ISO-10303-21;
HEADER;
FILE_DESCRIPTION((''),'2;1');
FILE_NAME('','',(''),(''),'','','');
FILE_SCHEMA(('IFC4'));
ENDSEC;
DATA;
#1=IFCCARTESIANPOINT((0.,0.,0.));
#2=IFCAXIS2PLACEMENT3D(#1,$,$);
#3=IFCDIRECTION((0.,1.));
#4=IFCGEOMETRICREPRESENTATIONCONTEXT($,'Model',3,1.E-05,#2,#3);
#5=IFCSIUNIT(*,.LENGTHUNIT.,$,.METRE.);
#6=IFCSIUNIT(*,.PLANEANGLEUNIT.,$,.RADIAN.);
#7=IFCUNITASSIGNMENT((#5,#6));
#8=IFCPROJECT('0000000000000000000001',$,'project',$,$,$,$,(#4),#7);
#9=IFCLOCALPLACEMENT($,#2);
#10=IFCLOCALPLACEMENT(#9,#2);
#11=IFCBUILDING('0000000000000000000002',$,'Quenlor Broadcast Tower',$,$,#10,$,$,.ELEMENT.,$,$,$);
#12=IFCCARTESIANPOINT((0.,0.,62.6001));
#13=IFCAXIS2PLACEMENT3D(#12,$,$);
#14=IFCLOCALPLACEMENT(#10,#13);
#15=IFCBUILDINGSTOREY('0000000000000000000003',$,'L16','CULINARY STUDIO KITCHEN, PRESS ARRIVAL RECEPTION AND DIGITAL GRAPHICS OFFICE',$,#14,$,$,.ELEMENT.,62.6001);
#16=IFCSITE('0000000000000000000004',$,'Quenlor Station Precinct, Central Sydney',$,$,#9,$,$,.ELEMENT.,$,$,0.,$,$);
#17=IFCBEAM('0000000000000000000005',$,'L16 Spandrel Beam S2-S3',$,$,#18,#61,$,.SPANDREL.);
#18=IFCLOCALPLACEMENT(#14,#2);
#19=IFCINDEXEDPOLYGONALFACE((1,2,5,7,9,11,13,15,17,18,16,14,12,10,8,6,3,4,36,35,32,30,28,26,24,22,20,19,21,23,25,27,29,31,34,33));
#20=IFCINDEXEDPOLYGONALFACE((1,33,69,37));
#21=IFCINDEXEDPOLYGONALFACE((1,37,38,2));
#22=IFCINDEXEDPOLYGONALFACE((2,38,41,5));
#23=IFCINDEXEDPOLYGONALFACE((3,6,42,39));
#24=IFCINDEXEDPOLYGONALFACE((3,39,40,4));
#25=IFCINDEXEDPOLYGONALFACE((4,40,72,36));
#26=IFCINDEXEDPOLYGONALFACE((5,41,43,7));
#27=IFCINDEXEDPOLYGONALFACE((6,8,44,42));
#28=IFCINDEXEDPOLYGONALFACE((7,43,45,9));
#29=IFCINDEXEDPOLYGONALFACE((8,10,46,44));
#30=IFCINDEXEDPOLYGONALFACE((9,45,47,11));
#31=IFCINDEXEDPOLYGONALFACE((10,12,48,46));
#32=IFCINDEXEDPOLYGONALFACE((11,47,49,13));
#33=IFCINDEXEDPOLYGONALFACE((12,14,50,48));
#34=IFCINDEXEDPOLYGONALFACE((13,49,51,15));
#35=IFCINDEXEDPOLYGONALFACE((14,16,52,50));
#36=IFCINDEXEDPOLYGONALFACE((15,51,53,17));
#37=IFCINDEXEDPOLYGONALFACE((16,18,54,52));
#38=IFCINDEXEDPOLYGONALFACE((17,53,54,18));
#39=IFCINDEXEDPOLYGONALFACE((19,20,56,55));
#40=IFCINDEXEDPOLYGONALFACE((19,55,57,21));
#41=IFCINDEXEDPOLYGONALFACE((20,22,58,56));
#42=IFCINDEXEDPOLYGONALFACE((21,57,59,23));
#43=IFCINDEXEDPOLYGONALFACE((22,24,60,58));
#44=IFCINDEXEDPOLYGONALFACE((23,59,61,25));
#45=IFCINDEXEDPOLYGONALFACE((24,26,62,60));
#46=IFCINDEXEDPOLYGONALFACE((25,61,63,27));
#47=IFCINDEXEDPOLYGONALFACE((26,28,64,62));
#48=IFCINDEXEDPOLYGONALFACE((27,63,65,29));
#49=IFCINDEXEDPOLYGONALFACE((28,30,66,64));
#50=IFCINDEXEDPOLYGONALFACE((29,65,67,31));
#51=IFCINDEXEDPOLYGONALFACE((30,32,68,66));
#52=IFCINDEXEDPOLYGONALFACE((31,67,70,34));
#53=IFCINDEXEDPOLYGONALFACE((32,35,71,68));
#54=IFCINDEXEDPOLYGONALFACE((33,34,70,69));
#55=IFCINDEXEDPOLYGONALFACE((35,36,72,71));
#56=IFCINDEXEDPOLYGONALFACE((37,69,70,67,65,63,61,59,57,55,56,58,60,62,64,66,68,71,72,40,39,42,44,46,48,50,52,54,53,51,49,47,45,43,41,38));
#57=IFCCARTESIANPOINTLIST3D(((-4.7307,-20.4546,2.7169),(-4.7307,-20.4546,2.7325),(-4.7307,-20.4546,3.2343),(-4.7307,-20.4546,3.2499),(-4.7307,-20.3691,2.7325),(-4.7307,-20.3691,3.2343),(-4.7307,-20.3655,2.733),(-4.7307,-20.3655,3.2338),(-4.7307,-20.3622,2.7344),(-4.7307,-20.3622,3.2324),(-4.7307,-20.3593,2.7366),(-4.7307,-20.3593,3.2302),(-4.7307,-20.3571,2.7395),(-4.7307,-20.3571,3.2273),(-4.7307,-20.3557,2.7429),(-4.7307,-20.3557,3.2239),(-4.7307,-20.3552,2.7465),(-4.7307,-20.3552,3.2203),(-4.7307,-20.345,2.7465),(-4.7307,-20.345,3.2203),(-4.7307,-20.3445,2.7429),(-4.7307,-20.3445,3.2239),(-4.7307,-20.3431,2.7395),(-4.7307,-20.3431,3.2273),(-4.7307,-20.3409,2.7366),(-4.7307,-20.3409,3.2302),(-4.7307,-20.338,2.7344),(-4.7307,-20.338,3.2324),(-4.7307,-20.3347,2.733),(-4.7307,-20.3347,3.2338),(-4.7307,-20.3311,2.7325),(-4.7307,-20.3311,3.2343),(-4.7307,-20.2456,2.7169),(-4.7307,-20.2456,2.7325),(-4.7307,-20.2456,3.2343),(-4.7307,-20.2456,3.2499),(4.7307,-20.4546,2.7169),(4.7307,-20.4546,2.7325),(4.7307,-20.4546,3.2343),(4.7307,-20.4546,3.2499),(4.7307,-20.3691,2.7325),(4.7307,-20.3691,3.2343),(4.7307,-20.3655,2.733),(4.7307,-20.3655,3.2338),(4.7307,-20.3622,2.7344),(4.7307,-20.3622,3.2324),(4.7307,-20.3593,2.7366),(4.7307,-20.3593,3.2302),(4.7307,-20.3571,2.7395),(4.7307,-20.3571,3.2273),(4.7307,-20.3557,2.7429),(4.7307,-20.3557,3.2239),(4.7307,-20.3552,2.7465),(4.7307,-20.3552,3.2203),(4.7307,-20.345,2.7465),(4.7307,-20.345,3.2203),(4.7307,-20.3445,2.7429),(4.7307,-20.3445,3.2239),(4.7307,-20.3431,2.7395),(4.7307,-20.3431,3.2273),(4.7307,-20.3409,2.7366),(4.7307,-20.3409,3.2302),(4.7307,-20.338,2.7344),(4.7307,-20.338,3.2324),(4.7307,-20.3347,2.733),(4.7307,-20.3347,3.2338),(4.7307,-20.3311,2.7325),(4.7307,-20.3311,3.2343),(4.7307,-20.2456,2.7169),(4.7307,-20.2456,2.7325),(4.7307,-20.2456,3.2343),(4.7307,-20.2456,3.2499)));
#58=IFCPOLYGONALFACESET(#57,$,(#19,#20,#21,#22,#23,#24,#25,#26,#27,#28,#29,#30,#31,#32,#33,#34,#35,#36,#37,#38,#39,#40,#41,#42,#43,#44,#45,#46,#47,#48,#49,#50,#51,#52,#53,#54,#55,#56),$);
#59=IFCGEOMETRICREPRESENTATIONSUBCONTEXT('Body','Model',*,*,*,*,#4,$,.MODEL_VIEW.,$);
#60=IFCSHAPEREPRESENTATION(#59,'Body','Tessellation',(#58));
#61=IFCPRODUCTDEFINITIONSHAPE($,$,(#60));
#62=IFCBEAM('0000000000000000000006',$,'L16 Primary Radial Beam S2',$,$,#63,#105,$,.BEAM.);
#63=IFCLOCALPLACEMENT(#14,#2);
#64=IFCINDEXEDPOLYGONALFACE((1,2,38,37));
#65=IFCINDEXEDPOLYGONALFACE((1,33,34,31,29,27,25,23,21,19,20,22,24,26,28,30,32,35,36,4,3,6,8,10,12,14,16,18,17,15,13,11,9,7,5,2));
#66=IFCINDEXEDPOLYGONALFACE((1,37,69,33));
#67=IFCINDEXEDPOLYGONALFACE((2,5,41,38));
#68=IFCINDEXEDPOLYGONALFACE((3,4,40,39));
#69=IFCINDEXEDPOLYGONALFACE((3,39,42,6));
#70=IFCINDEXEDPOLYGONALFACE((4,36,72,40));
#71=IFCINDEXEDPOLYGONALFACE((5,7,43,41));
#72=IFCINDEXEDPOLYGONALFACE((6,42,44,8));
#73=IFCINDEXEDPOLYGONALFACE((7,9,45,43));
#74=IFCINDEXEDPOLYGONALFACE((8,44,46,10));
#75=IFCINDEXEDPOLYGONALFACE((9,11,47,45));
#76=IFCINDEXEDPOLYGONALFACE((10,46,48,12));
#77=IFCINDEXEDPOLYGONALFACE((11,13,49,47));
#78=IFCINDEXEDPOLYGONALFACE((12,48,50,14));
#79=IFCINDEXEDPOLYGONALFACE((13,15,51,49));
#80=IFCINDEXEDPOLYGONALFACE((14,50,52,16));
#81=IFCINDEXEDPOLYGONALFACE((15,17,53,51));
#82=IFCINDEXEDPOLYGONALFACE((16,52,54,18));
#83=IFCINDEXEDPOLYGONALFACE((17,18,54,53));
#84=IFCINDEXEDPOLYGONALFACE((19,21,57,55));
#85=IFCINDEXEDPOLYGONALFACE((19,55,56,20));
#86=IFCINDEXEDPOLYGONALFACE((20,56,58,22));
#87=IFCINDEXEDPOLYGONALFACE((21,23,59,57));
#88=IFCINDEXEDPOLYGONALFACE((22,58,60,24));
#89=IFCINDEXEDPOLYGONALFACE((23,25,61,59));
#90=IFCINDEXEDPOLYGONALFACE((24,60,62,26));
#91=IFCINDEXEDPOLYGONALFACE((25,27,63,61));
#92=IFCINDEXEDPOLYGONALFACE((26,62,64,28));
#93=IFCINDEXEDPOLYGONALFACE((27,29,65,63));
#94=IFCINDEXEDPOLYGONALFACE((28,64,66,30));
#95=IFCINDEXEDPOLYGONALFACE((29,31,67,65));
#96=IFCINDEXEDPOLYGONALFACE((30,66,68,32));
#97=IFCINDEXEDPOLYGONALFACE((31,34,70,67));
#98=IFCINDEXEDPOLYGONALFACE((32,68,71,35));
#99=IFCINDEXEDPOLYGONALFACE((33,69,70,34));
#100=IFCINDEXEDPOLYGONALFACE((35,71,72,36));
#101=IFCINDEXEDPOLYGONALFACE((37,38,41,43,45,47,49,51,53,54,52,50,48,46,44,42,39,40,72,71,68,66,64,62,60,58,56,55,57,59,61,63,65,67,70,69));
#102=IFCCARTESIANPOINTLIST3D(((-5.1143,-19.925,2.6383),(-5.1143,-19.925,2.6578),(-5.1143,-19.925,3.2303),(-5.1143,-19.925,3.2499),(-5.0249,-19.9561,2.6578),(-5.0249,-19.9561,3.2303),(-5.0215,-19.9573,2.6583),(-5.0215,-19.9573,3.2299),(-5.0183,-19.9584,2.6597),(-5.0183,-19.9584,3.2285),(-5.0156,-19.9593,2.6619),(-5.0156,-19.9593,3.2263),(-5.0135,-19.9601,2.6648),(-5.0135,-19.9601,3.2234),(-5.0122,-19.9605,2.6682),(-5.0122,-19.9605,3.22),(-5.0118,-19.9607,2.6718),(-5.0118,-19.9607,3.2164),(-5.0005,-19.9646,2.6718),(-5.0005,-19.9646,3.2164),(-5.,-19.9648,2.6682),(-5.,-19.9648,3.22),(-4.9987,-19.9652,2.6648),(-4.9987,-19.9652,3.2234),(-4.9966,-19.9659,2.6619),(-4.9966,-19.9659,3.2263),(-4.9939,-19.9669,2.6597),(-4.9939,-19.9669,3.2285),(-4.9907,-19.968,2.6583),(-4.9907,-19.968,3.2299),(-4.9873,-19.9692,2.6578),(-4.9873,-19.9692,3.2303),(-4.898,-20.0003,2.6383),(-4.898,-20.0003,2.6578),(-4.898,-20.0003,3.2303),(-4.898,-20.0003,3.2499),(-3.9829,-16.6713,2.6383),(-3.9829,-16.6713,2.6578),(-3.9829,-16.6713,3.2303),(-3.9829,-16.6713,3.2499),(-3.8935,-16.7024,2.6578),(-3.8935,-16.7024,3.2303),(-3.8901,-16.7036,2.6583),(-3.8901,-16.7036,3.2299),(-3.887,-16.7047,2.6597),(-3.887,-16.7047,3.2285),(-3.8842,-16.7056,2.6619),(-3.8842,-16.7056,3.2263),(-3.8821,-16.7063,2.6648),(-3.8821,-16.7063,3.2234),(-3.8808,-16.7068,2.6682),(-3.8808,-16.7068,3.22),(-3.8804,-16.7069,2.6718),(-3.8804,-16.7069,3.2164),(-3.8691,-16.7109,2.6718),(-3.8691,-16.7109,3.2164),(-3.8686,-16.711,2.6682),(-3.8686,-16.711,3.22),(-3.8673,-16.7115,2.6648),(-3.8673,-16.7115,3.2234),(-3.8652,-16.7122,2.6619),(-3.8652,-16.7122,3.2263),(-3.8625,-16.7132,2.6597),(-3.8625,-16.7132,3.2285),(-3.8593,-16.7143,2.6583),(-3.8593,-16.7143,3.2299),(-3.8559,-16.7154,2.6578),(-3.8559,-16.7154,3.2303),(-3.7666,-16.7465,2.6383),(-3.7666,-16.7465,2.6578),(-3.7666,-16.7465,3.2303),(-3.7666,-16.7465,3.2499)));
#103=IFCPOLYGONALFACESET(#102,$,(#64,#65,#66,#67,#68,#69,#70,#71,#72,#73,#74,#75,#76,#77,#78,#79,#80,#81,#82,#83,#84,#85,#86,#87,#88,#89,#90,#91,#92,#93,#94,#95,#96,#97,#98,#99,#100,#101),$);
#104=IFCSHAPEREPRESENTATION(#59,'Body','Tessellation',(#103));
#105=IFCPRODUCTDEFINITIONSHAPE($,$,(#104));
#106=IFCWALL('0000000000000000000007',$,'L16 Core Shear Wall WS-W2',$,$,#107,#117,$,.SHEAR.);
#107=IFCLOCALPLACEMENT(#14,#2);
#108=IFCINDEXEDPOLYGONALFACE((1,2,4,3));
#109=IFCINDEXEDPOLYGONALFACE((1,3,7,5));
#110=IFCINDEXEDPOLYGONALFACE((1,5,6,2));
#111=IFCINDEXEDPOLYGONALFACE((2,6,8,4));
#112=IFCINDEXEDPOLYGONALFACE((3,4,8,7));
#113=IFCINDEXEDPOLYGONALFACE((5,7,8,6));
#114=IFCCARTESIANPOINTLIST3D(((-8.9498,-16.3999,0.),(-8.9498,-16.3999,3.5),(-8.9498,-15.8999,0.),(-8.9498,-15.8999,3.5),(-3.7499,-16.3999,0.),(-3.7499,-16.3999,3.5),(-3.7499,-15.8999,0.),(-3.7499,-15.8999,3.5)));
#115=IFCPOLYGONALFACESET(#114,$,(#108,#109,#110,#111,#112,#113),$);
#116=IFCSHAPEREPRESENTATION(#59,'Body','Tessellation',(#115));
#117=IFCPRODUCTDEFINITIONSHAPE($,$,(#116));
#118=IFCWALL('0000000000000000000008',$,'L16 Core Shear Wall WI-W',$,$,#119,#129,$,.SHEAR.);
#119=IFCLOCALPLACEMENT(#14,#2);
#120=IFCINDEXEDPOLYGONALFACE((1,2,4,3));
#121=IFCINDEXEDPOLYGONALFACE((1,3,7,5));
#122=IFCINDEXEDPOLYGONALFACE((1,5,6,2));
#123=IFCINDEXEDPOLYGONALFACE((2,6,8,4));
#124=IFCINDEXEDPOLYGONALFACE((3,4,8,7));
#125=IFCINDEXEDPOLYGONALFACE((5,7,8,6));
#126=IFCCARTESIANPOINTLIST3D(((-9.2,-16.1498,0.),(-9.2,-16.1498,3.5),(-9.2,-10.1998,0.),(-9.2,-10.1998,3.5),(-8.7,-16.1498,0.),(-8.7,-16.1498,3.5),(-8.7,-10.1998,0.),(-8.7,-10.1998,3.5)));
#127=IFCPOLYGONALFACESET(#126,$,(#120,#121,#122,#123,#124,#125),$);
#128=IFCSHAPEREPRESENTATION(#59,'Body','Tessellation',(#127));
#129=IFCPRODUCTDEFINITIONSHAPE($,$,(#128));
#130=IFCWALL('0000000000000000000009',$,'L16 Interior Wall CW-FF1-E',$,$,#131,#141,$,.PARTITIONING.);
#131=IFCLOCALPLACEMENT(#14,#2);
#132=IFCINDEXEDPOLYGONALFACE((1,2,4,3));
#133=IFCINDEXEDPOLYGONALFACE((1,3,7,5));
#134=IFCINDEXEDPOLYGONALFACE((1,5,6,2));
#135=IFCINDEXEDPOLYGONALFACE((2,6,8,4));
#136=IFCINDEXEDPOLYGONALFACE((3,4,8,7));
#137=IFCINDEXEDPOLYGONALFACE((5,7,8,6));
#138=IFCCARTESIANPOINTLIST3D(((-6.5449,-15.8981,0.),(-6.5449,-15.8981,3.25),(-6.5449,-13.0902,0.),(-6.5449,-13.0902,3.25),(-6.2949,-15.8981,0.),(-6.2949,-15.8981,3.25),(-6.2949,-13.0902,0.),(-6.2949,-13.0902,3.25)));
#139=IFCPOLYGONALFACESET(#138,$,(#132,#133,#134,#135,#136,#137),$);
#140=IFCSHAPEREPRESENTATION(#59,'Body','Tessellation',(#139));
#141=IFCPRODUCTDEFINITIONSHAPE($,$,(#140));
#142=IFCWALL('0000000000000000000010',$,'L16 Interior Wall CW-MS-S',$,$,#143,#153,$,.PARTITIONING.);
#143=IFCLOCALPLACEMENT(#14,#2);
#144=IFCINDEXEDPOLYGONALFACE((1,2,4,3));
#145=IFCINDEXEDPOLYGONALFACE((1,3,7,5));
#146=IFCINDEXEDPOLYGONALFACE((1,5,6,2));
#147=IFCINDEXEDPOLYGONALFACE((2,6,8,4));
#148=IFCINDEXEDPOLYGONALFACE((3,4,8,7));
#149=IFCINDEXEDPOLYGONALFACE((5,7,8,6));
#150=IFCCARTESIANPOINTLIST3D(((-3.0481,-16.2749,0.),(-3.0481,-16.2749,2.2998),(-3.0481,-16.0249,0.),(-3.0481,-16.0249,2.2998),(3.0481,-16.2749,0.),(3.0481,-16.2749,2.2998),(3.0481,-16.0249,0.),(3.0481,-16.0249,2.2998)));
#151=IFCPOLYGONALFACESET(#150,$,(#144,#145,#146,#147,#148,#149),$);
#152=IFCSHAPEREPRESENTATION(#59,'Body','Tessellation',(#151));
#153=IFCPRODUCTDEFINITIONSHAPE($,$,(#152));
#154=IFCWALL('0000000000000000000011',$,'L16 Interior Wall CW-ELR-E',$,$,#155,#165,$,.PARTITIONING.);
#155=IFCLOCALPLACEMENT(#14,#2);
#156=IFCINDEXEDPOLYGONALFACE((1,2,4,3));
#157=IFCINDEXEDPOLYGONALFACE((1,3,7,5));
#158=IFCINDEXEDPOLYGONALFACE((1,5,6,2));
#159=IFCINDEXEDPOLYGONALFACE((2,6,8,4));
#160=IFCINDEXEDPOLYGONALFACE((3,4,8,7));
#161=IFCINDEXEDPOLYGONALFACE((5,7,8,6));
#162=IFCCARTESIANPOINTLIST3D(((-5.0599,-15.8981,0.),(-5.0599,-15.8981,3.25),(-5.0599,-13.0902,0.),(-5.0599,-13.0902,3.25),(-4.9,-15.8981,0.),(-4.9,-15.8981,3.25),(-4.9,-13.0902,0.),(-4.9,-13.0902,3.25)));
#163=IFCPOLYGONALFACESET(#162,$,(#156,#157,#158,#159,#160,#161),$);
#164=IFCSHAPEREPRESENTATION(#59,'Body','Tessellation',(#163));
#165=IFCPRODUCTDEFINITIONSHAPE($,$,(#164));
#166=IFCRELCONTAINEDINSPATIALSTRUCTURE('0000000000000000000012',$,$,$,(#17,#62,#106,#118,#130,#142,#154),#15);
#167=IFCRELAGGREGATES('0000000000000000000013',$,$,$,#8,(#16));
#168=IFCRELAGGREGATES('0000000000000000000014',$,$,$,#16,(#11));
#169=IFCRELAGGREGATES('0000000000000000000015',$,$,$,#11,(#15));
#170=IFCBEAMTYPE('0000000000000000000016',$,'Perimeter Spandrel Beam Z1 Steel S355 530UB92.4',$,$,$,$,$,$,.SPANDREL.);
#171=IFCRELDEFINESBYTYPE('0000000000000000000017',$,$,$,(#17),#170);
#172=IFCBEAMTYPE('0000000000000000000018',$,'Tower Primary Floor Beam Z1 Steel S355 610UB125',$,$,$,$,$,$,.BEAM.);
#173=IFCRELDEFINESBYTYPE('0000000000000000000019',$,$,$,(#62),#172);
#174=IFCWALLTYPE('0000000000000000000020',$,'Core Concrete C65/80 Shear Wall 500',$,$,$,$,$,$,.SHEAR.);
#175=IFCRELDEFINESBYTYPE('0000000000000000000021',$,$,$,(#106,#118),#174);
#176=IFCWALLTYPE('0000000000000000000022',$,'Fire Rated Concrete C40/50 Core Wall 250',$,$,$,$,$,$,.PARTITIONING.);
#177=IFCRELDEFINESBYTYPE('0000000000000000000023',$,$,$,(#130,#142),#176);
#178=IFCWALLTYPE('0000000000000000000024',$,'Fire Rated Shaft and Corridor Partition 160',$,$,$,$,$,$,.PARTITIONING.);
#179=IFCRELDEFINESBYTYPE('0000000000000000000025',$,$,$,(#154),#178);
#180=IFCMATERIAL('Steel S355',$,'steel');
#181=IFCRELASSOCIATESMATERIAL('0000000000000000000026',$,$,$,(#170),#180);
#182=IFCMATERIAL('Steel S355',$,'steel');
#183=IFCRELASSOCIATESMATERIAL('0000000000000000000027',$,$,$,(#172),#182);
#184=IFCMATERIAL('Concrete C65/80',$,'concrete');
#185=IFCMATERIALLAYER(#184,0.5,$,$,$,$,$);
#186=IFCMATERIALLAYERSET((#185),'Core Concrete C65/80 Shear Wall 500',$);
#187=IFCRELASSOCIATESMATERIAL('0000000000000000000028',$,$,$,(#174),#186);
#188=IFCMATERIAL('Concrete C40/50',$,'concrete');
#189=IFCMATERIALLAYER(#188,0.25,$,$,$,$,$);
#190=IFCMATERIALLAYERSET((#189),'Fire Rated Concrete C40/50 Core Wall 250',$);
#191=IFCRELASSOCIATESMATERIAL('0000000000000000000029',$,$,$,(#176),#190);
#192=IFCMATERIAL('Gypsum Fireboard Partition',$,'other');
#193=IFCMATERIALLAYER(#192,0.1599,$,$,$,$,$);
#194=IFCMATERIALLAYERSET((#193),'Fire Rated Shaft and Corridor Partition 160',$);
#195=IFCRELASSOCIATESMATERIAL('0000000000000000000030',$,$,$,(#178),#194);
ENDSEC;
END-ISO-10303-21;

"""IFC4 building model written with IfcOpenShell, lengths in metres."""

from ifc_helpers import new_model, si_unit, direction, frame, frame_2d, origin, origin_2d, place, context, subcontext, project, spatial, rectangle, i_section, extrude, material, layer, layer_set, material_profile, profile_set, type_object, element, save


model = new_model("IFC4")

# Units and contexts
model_context = context("Model", 3, precision=1e-05, world=origin(), true_north=direction((0.0, 1.0)))
body_context = subcontext(model_context, "Body", "Model", "MODEL_VIEW")
ifc_project = project(units=[si_unit("LENGTHUNIT", "METRE"), si_unit("PLANEANGLEUNIT", "RADIAN")], contexts=[model_context])

# Site, building, storey
site_placement = place(None, origin())
site = spatial("IfcSite", under=ifc_project, at=site_placement, Name="Quenlor Station Precinct, Central Sydney", CompositionType="ELEMENT", RefElevation=0.0)
building_placement = place(site_placement, origin())
building = spatial("IfcBuilding", under=site, at=building_placement, Name="Quenlor Broadcast Tower", CompositionType="ELEMENT")
storey_placement = place(building_placement, frame((0.0, 0.0, 62.6001)))
storey = spatial("IfcBuildingStorey", under=building, at=storey_placement, Name="L16", Description="CULINARY STUDIO KITCHEN, PRESS ARRIVAL RECEPTION AND DIGITAL GRAPHICS OFFICE", CompositionType="ELEMENT", Elevation=62.6001)

# Beams
ifc_material_1 = material(Name="Steel S355", Category="steel")
ifc_material_profile_1 = material_profile(ifc_material_1, i_section(OverallWidth=0.209, OverallDepth=0.533, WebThickness=0.0103, FlangeThickness=0.0156, FilletRadius=0.0139, at=origin_2d()))
ifc_profile_set_1 = profile_set([ifc_material_profile_1], Name="Steel S355 530UB92.4")
beam_type_1 = type_object("IfcBeamType", Name="Perimeter Spandrel Beam Z1 Steel S355 530UB92.4", PredefinedType="SPANDREL", material=ifc_profile_set_1)
beam_1_placement = place(storey_placement, frame((-4.7307, -20.3501, 2.9834), z_axis=(1.0, 0.0, 0.0), x_axis=(0.0, 1.0, 0.0)))
element("IfcBeam", 1, at=beam_1_placement, inside=storey, type_object=beam_type_1, Name="L16 Spandrel Beam S2-S3", PredefinedType="SPANDREL", context=body_context, shape_type="SweptSolid", body=[
    extrude(i_section(OverallWidth=0.209, OverallDepth=0.533, WebThickness=0.0103, FlangeThickness=0.0156, FilletRadius=0.0139, at=origin_2d()), origin(), (0.0, 0.0, 1.0), 9.4614),
])
ifc_material_2 = material(Name="Steel S355", Category="steel")
ifc_material_profile_2 = material_profile(ifc_material_2, i_section(OverallWidth=0.229, OverallDepth=0.6116, WebThickness=0.012, FlangeThickness=0.0195, FilletRadius=0.0139, at=origin_2d()))
ifc_profile_set_2 = profile_set([ifc_material_profile_2], Name="Steel S355 610UB125")
beam_type_2 = type_object("IfcBeamType", Name="Tower Primary Floor Beam Z1 Steel S355 610UB125", PredefinedType="BEAM", material=ifc_profile_set_2)
beam_2_placement = place(storey_placement, frame((-5.0061, -19.9626, 2.9441), z_axis=(0.328427, 0.944529, 0.0), x_axis=(-0.944529, 0.328427, 0.0)))
element("IfcBeam", 2, at=beam_2_placement, inside=storey, type_object=beam_type_2, Name="L16 Primary Radial Beam S2", PredefinedType="BEAM", context=body_context, shape_type="SweptSolid", body=[
    extrude(i_section(OverallWidth=0.229, OverallDepth=0.6116, WebThickness=0.012, FlangeThickness=0.0195, FilletRadius=0.0139, at=origin_2d()), origin(), (0.0, 0.0, 1.0), 3.4448),
])

# Walls
ifc_material_3 = material(Name="Concrete C65/80", Category="concrete")
ifc_layer_1 = layer(ifc_material_3, 0.5)
ifc_layer_set_1 = layer_set([ifc_layer_1], Name="Core Concrete C65/80 Shear Wall 500")
wall_type_1 = type_object("IfcWallType", Name="Core Concrete C65/80 Shear Wall 500", PredefinedType="SHEAR", material=ifc_layer_set_1)
wall_1_placement = place(storey_placement, frame((-8.95, -16.1499, 0.0), z_axis=(0.0, 0.0, 1.0), x_axis=(1.0, 0.0, 0.0)))
element("IfcWall", 3, at=wall_1_placement, inside=storey, type_object=wall_type_1, Name="L16 Core Shear Wall WS-W2", PredefinedType="SHEAR", context=body_context, shape_type="SweptSolid", body=[
    extrude(rectangle(XDim=5.2, YDim=0.5, at=frame_2d((2.6001, 0.0))), origin(), (0.0, 0.0, 1.0), 3.5),
])
wall_2_placement = place(storey_placement, frame((-8.95, -16.1499, 0.0), z_axis=(0.0, 0.0, 1.0), x_axis=(0.0, 1.0, 0.0)))
element("IfcWall", 4, at=wall_2_placement, inside=storey, type_object=wall_type_1, Name="L16 Core Shear Wall WI-W", PredefinedType="SHEAR", context=body_context, shape_type="SweptSolid", body=[
    extrude(rectangle(XDim=5.95, YDim=0.5, at=frame_2d((2.9751, 0.0))), origin(), (0.0, 0.0, 1.0), 3.5),
])
ifc_material_4 = material(Name="Concrete C40/50", Category="concrete")
ifc_layer_2 = layer(ifc_material_4, 0.25)
ifc_layer_set_2 = layer_set([ifc_layer_2], Name="Fire Rated Concrete C40/50 Core Wall 250")
wall_type_2 = type_object("IfcWallType", Name="Fire Rated Concrete C40/50 Core Wall 250", PredefinedType="PARTITIONING", material=ifc_layer_set_2)
wall_3_placement = place(storey_placement, frame((-6.4199, -15.8979, 0.0), z_axis=(0.0, 0.0, 1.0), x_axis=(0.0, 1.0, 0.0)))
element("IfcWall", 5, at=wall_3_placement, inside=storey, type_object=wall_type_2, Name="L16 Interior Wall CW-FF1-E", PredefinedType="PARTITIONING", context=body_context, shape_type="SweptSolid", body=[
    extrude(rectangle(XDim=2.8079, YDim=0.25, at=frame_2d((1.4038, 0.0))), origin(), (0.0, 0.0, 1.0), 3.25),
])
wall_4_placement = place(storey_placement, frame((-3.0481, -16.1499, 0.0), z_axis=(0.0, 0.0, 1.0), x_axis=(1.0, 0.0, 0.0)))
element("IfcWall", 6, at=wall_4_placement, inside=storey, type_object=wall_type_2, Name="L16 Interior Wall CW-MS-S", PredefinedType="PARTITIONING", context=body_context, shape_type="SweptSolid", body=[
    extrude(rectangle(XDim=6.0962, YDim=0.25, at=frame_2d((3.0481, 0.0))), origin(), (0.0, 0.0, 1.0), 2.2998),
])
ifc_material_5 = material(Name="Gypsum Fireboard Partition", Category="other")
ifc_layer_3 = layer(ifc_material_5, 0.1599)
ifc_layer_set_3 = layer_set([ifc_layer_3], Name="Fire Rated Shaft and Corridor Partition 160")
wall_type_3 = type_object("IfcWallType", Name="Fire Rated Shaft and Corridor Partition 160", PredefinedType="PARTITIONING", material=ifc_layer_set_3)
wall_5_placement = place(storey_placement, frame((-4.98, -15.8979, 0.0), z_axis=(0.0, 0.0, 1.0), x_axis=(0.0, 1.0, 0.0)))
element("IfcWall", 7, at=wall_5_placement, inside=storey, type_object=wall_type_3, Name="L16 Interior Wall CW-ELR-E", PredefinedType="PARTITIONING", context=body_context, shape_type="SweptSolid", body=[
    extrude(rectangle(XDim=2.8079, YDim=0.1599, at=frame_2d((1.4038, 0.0))), origin(), (0.0, 0.0, 1.0), 3.25),
])

save(model, "model.ifc")
